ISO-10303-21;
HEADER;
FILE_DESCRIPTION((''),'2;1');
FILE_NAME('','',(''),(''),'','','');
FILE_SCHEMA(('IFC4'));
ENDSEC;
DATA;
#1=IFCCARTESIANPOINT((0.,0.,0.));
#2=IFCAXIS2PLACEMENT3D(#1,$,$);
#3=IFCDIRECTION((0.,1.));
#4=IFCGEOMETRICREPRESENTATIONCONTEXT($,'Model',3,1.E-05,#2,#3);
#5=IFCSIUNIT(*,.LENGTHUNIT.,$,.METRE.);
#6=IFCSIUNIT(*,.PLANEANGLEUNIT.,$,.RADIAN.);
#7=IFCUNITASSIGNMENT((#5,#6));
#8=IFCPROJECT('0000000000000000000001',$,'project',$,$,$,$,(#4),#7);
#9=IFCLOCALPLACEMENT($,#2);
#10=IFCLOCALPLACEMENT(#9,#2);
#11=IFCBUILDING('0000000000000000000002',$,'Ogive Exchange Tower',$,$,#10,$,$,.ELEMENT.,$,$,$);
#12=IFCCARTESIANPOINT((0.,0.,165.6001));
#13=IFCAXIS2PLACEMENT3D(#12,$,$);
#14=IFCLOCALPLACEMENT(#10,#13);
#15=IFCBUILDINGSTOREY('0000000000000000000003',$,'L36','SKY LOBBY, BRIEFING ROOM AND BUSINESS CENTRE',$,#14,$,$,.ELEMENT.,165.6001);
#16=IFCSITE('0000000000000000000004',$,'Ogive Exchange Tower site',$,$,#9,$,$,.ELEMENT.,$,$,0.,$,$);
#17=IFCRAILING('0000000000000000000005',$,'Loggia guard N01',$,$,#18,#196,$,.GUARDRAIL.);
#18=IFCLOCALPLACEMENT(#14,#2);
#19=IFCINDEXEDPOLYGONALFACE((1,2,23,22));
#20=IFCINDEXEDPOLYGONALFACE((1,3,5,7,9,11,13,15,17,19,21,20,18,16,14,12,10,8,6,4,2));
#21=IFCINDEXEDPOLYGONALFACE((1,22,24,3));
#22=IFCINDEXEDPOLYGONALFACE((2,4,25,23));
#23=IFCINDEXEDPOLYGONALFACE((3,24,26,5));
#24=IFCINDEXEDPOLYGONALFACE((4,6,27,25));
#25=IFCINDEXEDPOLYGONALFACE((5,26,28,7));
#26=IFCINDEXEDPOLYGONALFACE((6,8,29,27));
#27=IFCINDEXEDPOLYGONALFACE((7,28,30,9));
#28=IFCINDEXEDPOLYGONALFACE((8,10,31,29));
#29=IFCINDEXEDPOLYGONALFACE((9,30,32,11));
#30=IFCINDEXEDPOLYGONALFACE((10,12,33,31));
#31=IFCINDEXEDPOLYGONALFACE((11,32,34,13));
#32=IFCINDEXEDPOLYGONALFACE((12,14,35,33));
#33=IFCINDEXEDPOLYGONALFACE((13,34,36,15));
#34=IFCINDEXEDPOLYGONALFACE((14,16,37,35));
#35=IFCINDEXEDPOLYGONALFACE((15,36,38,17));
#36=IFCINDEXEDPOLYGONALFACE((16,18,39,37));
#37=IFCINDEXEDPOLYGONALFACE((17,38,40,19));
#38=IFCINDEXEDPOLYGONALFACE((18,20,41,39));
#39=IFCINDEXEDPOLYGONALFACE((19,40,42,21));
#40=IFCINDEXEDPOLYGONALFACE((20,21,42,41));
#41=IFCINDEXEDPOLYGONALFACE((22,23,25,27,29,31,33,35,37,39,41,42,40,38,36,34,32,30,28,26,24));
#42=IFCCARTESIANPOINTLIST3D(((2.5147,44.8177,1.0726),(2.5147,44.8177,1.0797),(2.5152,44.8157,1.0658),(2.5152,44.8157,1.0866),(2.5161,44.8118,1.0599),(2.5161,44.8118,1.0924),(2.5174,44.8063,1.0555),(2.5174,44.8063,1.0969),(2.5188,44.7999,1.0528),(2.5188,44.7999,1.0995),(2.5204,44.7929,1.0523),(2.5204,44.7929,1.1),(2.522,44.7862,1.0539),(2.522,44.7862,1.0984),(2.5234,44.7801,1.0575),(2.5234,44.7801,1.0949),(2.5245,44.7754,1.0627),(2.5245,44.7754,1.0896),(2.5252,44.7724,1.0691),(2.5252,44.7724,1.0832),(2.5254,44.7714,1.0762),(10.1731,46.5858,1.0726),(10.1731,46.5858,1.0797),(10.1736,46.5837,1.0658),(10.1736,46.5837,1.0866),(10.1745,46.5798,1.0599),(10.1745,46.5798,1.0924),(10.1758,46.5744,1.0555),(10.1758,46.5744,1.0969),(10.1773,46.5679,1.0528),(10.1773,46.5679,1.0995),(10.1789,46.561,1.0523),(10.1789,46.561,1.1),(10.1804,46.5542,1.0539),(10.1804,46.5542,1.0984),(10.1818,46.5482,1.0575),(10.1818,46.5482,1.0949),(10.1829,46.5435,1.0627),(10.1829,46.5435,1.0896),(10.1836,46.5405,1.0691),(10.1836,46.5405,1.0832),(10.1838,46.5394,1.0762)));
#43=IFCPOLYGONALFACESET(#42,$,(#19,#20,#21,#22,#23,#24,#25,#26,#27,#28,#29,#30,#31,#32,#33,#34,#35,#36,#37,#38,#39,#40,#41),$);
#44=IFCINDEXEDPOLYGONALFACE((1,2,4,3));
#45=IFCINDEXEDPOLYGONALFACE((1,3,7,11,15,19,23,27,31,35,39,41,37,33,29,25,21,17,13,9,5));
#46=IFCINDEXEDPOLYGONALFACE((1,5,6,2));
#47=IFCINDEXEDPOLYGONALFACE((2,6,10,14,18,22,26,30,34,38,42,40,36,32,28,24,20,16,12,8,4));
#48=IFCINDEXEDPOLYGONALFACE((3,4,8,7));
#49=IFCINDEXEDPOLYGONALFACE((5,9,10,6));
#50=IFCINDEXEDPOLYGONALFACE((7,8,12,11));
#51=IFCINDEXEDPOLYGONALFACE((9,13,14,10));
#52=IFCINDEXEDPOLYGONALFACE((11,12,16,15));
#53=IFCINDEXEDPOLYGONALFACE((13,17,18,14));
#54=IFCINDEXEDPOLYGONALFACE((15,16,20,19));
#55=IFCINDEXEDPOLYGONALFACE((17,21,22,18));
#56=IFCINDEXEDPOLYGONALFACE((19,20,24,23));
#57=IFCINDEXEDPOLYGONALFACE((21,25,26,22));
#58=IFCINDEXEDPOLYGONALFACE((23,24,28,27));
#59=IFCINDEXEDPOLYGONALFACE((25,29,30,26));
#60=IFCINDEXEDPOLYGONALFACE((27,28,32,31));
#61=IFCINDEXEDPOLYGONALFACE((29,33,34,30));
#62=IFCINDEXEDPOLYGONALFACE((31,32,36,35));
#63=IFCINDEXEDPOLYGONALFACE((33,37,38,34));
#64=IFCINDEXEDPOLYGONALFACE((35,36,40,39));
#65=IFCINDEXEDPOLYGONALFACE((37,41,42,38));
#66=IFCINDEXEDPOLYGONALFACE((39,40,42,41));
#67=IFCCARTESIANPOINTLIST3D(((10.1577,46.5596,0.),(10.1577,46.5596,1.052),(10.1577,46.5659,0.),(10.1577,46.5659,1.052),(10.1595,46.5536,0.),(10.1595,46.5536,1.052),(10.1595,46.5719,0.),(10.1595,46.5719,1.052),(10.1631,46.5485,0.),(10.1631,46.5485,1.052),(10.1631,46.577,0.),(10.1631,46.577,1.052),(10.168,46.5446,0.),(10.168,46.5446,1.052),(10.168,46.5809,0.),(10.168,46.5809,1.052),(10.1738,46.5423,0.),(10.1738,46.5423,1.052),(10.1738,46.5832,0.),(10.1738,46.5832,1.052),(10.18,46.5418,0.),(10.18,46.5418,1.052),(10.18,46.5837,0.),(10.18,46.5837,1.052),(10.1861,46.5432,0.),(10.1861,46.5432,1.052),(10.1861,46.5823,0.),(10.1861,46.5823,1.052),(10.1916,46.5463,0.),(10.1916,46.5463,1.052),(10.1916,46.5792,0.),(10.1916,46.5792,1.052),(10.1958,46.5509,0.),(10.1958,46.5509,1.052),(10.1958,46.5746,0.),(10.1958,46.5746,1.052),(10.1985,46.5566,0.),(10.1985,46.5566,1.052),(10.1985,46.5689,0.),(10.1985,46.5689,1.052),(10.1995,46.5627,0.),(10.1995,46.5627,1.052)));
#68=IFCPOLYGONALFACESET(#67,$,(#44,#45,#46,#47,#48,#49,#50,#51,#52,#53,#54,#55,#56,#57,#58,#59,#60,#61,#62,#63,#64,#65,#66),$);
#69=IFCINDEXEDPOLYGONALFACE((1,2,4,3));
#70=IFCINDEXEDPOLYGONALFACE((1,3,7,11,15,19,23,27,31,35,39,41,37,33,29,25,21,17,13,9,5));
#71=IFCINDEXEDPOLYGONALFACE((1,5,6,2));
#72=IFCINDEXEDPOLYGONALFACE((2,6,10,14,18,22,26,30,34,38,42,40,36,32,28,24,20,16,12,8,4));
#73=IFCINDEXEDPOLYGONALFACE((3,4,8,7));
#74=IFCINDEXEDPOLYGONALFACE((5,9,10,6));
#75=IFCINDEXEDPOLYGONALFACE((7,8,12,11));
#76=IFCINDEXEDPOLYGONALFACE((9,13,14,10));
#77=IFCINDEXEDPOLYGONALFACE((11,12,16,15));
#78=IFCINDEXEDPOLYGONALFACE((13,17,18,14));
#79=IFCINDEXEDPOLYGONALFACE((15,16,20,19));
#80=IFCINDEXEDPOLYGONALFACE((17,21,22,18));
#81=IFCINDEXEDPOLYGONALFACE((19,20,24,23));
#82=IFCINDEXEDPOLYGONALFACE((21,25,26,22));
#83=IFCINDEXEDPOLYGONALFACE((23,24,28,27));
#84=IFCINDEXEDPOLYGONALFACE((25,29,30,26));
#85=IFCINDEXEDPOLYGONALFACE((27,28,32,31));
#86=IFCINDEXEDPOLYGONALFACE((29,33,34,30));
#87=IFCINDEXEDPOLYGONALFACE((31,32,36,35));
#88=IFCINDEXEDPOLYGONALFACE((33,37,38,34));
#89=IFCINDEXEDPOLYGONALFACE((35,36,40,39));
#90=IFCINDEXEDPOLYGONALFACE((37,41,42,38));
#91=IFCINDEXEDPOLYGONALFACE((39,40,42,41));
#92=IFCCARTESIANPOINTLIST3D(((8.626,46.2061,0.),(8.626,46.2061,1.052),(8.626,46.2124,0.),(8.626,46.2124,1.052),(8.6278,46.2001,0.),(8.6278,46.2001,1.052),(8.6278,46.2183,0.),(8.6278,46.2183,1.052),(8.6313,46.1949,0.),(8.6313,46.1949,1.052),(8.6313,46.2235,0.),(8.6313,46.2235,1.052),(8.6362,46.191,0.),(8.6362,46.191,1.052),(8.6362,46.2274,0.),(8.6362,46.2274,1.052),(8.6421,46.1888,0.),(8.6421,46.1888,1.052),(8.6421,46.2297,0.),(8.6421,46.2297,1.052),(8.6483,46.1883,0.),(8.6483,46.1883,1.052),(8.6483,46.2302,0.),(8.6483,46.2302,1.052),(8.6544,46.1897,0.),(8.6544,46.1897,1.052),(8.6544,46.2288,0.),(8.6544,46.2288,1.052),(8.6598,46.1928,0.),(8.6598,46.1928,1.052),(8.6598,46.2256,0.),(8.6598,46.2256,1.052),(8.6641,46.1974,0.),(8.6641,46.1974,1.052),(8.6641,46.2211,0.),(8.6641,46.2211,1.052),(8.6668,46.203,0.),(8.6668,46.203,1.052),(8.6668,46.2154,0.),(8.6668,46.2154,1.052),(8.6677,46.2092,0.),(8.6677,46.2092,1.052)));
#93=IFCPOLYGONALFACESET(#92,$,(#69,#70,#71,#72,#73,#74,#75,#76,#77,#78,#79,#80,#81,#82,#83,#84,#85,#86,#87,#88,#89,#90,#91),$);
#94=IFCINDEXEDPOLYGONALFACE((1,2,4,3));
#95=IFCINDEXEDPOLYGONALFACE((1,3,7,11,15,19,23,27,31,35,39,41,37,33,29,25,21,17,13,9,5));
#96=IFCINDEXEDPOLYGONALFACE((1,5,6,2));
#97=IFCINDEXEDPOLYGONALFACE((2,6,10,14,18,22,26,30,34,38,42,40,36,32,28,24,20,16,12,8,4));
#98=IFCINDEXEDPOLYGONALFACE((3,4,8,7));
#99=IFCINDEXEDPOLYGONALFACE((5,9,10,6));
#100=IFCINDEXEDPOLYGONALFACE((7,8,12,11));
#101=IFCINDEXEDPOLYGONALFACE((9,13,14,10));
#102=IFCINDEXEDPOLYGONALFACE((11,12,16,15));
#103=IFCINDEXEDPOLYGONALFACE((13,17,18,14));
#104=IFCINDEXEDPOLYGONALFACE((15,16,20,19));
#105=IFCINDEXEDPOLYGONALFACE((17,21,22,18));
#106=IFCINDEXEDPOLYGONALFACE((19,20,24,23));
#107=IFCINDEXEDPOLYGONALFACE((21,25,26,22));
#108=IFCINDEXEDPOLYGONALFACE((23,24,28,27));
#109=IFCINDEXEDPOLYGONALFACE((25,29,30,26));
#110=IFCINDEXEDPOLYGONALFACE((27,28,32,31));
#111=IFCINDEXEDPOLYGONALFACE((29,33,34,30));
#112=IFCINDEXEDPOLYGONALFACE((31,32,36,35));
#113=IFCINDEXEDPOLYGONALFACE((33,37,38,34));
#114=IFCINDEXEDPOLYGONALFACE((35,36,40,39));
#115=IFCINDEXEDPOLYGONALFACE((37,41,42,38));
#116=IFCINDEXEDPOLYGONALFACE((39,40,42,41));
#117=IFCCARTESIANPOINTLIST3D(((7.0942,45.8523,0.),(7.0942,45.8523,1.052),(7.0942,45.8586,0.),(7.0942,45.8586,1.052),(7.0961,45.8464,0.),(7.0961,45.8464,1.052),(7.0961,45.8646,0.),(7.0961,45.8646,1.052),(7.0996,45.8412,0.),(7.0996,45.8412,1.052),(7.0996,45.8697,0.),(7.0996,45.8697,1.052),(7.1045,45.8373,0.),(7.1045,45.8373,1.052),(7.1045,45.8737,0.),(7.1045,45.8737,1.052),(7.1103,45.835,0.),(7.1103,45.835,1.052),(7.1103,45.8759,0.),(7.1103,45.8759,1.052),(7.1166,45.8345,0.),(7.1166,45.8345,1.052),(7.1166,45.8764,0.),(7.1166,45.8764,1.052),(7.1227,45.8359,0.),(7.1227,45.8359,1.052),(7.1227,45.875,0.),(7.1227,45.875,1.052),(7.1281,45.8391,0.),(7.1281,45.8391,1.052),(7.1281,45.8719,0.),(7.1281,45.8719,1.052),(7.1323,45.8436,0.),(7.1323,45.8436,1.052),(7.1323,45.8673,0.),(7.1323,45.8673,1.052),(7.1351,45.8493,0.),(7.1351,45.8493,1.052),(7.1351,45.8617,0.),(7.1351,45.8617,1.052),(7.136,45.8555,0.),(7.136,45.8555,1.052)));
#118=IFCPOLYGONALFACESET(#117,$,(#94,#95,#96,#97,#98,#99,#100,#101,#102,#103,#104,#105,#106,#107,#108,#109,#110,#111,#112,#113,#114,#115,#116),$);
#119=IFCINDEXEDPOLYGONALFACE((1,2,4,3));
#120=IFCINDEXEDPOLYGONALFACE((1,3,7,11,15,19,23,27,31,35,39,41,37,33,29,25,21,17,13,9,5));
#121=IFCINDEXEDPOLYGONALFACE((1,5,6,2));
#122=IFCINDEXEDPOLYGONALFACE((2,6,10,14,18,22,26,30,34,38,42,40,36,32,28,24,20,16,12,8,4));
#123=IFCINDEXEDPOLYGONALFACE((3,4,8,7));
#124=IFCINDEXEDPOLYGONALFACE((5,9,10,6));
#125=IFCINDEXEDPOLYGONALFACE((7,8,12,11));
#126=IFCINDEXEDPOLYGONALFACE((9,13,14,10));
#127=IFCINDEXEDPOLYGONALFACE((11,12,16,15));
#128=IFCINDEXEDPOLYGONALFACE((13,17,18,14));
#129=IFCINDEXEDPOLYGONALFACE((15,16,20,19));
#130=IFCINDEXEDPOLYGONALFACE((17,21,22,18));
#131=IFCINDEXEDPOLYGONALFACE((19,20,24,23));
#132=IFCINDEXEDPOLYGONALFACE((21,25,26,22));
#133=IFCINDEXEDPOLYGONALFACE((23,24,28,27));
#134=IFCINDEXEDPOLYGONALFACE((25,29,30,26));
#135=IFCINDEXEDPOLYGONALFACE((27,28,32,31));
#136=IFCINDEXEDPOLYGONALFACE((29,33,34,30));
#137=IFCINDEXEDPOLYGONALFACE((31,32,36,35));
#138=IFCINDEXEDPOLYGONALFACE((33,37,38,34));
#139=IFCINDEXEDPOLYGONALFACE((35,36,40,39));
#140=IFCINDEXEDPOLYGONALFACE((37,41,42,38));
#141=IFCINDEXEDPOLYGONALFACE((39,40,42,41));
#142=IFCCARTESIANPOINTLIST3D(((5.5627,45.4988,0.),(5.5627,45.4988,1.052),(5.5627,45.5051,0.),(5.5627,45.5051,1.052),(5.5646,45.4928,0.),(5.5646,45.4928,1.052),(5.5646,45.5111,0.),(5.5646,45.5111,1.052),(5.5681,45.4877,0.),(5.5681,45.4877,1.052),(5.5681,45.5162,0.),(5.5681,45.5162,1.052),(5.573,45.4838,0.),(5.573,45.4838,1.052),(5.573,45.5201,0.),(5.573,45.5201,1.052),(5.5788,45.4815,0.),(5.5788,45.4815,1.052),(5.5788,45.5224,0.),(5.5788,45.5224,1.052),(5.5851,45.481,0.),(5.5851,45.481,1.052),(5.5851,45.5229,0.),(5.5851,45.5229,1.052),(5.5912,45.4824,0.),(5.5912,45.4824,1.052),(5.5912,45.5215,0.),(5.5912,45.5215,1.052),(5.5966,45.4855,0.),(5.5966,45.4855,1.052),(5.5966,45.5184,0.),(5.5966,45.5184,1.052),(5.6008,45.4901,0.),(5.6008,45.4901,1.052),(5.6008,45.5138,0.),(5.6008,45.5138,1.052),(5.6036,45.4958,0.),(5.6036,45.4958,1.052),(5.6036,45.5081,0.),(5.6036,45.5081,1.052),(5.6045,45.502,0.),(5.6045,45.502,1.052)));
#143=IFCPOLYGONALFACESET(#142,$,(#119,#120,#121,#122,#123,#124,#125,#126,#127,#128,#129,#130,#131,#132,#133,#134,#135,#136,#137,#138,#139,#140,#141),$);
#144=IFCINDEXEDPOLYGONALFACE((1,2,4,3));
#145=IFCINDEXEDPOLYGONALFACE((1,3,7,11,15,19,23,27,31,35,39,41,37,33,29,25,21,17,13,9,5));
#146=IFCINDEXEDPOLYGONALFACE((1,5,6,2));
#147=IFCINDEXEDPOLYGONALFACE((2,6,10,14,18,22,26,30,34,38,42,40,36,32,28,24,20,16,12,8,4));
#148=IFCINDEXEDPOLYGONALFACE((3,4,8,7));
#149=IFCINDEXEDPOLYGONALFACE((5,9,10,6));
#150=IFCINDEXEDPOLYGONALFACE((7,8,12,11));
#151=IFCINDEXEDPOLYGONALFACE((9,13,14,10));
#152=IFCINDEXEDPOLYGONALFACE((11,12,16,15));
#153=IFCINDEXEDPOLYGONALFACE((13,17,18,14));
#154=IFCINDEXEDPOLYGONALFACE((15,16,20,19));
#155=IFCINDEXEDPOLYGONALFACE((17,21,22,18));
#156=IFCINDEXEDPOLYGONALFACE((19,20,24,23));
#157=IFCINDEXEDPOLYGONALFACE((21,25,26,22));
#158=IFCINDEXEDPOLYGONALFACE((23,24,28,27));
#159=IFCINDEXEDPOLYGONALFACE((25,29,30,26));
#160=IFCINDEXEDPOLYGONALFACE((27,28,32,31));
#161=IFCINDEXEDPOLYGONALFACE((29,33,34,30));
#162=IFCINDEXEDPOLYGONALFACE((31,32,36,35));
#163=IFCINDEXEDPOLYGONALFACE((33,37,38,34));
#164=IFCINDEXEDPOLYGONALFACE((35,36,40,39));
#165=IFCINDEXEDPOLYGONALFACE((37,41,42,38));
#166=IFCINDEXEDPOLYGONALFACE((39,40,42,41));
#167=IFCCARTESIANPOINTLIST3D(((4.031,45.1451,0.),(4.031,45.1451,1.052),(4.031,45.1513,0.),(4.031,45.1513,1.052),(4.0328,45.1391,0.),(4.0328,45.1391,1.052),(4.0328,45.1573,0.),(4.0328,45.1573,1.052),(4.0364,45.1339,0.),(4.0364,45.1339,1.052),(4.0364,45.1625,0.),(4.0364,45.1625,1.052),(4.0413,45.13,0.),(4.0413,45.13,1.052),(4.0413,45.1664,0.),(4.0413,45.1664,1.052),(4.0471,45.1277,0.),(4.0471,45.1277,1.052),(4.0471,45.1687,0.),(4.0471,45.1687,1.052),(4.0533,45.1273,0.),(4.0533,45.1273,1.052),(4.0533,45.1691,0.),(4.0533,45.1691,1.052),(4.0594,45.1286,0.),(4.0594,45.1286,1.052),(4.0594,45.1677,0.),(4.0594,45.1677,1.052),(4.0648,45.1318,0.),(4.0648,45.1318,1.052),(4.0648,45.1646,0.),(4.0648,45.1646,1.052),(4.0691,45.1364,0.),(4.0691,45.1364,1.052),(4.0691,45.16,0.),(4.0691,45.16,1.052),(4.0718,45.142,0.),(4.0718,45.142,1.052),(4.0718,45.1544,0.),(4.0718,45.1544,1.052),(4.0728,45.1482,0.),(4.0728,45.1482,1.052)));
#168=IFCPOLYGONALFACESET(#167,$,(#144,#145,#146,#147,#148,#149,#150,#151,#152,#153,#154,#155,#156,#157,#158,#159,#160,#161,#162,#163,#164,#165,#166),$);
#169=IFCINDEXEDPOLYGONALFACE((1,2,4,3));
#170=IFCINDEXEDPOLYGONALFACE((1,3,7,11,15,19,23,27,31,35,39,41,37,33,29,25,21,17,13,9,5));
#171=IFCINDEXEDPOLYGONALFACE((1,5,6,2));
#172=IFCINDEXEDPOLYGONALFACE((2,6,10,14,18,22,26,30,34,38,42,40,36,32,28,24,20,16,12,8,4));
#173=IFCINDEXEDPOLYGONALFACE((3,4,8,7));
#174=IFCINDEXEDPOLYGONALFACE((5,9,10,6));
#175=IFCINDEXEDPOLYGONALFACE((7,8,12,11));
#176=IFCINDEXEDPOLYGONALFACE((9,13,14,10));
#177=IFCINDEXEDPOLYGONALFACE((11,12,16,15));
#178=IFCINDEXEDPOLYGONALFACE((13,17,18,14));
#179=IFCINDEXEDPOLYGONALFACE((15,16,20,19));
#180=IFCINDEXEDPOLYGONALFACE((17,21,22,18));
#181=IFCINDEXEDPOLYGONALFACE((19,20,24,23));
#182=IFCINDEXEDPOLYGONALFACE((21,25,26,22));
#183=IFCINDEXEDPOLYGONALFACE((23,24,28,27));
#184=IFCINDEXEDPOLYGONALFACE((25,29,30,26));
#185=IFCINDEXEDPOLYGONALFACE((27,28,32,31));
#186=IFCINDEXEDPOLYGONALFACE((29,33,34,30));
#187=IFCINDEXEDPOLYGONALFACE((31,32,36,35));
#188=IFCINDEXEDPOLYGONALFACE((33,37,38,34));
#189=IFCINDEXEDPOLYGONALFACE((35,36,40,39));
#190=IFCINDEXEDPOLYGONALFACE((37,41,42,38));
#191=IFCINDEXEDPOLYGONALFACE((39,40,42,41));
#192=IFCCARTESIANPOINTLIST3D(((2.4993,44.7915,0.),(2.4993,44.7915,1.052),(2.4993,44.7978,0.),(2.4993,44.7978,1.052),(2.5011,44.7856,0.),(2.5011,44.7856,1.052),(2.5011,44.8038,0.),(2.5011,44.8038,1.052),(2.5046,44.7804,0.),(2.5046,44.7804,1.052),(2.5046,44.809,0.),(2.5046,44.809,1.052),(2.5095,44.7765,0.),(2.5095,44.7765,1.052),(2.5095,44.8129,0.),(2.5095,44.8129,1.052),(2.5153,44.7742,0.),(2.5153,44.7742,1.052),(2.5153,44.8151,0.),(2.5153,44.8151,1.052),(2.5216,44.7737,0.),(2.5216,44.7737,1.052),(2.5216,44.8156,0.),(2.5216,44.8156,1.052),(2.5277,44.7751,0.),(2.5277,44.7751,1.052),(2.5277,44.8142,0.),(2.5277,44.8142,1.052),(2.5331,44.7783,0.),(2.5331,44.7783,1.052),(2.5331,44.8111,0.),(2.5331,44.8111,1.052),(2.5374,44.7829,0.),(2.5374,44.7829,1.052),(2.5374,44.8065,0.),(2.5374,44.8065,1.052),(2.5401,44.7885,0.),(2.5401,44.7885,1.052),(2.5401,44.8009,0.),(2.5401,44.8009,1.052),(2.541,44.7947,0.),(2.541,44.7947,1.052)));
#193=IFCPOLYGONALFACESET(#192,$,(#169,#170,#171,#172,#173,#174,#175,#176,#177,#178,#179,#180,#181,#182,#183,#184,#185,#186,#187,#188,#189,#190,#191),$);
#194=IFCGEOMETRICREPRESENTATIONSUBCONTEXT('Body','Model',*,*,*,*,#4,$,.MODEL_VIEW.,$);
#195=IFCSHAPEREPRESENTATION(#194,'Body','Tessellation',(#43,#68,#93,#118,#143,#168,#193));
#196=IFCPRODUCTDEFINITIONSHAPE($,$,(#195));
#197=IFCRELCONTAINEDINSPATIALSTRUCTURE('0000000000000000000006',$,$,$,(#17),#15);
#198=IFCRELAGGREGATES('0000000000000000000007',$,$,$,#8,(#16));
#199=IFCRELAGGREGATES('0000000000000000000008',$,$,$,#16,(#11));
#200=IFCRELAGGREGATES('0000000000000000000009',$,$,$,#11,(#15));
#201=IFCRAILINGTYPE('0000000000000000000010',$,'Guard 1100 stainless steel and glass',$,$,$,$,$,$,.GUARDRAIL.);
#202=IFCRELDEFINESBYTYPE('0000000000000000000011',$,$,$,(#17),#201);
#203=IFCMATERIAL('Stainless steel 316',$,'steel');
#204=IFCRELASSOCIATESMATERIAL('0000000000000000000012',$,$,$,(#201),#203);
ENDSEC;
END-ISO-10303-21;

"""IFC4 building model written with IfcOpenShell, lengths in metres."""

from ifc_helpers import new_model, si_unit, direction, frame, origin, origin_2d, place, context, subcontext, project, spatial, circle, extrude, material, type_object, element, save


model = new_model("IFC4")

# Units and contexts
model_context = context("Model", 3, precision=1e-05, world=origin(), true_north=direction((0.0, 1.0)))
body_context = subcontext(model_context, "Body", "Model", "MODEL_VIEW")
ifc_project = project(units=[si_unit("LENGTHUNIT", "METRE"), si_unit("PLANEANGLEUNIT", "RADIAN")], contexts=[model_context])

# Site, building, storey
site_placement = place(None, origin())
site = spatial("IfcSite", under=ifc_project, at=site_placement, Name="Ogive Exchange Tower site", CompositionType="ELEMENT", RefElevation=0.0)
building_placement = place(site_placement, origin())
building = spatial("IfcBuilding", under=site, at=building_placement, Name="Ogive Exchange Tower", CompositionType="ELEMENT")
storey_placement = place(building_placement, frame((0.0, 0.0, 165.6001)))
storey = spatial("IfcBuildingStorey", under=building, at=storey_placement, Name="L36", Description="SKY LOBBY, BRIEFING ROOM AND BUSINESS CENTRE", CompositionType="ELEMENT", Elevation=165.6001)

# Railing
ifc_material_1 = material(Name="Stainless steel 316", Category="steel")
railing_type = type_object("IfcRailingType", Name="Guard 1100 stainless steel and glass", PredefinedType="GUARDRAIL", material=ifc_material_1)
for number, where, name in (
    (1, (10.1785, 46.5627, 0.0), "Loggia guard N01"),
):
    element("IfcRailing", number, at=place(storey_placement, frame(where)), inside=storey, type_object=railing_type, Name=name, PredefinedType="GUARDRAIL", context=body_context, shape_type="SweptSolid", body=[
        extrude(circle(Radius=0.0239, at=origin_2d()), frame((0.0, 0.0, 1.0762), z_axis=(-0.974371, -0.224948, 0.0), x_axis=(0.224948, -0.974371, 0.0)), (0.0, 0.0, 1.0), 7.8599),
        extrude(circle(Radius=0.021, at=origin_2d()), origin(), (0.0, 0.0, 1.0), 1.052),
        extrude(circle(Radius=0.021, at=origin_2d()), frame((-1.5317, -0.3535, 0.0)), (0.0, 0.0, 1.0), 1.052),
        extrude(circle(Radius=0.021, at=origin_2d()), frame((-3.0635, -0.7073, 0.0)), (0.0, 0.0, 1.0), 1.052),
        extrude(circle(Radius=0.021, at=origin_2d()), frame((-4.595, -1.0608, 0.0)), (0.0, 0.0, 1.0), 1.052),
        extrude(circle(Radius=0.021, at=origin_2d()), frame((-6.1267, -1.4146, 0.0)), (0.0, 0.0, 1.0), 1.052),
        extrude(circle(Radius=0.021, at=origin_2d()), frame((-7.6584, -1.7681, 0.0)), (0.0, 0.0, 1.0), 1.052),
    ])

save(model, "model.ifc")
